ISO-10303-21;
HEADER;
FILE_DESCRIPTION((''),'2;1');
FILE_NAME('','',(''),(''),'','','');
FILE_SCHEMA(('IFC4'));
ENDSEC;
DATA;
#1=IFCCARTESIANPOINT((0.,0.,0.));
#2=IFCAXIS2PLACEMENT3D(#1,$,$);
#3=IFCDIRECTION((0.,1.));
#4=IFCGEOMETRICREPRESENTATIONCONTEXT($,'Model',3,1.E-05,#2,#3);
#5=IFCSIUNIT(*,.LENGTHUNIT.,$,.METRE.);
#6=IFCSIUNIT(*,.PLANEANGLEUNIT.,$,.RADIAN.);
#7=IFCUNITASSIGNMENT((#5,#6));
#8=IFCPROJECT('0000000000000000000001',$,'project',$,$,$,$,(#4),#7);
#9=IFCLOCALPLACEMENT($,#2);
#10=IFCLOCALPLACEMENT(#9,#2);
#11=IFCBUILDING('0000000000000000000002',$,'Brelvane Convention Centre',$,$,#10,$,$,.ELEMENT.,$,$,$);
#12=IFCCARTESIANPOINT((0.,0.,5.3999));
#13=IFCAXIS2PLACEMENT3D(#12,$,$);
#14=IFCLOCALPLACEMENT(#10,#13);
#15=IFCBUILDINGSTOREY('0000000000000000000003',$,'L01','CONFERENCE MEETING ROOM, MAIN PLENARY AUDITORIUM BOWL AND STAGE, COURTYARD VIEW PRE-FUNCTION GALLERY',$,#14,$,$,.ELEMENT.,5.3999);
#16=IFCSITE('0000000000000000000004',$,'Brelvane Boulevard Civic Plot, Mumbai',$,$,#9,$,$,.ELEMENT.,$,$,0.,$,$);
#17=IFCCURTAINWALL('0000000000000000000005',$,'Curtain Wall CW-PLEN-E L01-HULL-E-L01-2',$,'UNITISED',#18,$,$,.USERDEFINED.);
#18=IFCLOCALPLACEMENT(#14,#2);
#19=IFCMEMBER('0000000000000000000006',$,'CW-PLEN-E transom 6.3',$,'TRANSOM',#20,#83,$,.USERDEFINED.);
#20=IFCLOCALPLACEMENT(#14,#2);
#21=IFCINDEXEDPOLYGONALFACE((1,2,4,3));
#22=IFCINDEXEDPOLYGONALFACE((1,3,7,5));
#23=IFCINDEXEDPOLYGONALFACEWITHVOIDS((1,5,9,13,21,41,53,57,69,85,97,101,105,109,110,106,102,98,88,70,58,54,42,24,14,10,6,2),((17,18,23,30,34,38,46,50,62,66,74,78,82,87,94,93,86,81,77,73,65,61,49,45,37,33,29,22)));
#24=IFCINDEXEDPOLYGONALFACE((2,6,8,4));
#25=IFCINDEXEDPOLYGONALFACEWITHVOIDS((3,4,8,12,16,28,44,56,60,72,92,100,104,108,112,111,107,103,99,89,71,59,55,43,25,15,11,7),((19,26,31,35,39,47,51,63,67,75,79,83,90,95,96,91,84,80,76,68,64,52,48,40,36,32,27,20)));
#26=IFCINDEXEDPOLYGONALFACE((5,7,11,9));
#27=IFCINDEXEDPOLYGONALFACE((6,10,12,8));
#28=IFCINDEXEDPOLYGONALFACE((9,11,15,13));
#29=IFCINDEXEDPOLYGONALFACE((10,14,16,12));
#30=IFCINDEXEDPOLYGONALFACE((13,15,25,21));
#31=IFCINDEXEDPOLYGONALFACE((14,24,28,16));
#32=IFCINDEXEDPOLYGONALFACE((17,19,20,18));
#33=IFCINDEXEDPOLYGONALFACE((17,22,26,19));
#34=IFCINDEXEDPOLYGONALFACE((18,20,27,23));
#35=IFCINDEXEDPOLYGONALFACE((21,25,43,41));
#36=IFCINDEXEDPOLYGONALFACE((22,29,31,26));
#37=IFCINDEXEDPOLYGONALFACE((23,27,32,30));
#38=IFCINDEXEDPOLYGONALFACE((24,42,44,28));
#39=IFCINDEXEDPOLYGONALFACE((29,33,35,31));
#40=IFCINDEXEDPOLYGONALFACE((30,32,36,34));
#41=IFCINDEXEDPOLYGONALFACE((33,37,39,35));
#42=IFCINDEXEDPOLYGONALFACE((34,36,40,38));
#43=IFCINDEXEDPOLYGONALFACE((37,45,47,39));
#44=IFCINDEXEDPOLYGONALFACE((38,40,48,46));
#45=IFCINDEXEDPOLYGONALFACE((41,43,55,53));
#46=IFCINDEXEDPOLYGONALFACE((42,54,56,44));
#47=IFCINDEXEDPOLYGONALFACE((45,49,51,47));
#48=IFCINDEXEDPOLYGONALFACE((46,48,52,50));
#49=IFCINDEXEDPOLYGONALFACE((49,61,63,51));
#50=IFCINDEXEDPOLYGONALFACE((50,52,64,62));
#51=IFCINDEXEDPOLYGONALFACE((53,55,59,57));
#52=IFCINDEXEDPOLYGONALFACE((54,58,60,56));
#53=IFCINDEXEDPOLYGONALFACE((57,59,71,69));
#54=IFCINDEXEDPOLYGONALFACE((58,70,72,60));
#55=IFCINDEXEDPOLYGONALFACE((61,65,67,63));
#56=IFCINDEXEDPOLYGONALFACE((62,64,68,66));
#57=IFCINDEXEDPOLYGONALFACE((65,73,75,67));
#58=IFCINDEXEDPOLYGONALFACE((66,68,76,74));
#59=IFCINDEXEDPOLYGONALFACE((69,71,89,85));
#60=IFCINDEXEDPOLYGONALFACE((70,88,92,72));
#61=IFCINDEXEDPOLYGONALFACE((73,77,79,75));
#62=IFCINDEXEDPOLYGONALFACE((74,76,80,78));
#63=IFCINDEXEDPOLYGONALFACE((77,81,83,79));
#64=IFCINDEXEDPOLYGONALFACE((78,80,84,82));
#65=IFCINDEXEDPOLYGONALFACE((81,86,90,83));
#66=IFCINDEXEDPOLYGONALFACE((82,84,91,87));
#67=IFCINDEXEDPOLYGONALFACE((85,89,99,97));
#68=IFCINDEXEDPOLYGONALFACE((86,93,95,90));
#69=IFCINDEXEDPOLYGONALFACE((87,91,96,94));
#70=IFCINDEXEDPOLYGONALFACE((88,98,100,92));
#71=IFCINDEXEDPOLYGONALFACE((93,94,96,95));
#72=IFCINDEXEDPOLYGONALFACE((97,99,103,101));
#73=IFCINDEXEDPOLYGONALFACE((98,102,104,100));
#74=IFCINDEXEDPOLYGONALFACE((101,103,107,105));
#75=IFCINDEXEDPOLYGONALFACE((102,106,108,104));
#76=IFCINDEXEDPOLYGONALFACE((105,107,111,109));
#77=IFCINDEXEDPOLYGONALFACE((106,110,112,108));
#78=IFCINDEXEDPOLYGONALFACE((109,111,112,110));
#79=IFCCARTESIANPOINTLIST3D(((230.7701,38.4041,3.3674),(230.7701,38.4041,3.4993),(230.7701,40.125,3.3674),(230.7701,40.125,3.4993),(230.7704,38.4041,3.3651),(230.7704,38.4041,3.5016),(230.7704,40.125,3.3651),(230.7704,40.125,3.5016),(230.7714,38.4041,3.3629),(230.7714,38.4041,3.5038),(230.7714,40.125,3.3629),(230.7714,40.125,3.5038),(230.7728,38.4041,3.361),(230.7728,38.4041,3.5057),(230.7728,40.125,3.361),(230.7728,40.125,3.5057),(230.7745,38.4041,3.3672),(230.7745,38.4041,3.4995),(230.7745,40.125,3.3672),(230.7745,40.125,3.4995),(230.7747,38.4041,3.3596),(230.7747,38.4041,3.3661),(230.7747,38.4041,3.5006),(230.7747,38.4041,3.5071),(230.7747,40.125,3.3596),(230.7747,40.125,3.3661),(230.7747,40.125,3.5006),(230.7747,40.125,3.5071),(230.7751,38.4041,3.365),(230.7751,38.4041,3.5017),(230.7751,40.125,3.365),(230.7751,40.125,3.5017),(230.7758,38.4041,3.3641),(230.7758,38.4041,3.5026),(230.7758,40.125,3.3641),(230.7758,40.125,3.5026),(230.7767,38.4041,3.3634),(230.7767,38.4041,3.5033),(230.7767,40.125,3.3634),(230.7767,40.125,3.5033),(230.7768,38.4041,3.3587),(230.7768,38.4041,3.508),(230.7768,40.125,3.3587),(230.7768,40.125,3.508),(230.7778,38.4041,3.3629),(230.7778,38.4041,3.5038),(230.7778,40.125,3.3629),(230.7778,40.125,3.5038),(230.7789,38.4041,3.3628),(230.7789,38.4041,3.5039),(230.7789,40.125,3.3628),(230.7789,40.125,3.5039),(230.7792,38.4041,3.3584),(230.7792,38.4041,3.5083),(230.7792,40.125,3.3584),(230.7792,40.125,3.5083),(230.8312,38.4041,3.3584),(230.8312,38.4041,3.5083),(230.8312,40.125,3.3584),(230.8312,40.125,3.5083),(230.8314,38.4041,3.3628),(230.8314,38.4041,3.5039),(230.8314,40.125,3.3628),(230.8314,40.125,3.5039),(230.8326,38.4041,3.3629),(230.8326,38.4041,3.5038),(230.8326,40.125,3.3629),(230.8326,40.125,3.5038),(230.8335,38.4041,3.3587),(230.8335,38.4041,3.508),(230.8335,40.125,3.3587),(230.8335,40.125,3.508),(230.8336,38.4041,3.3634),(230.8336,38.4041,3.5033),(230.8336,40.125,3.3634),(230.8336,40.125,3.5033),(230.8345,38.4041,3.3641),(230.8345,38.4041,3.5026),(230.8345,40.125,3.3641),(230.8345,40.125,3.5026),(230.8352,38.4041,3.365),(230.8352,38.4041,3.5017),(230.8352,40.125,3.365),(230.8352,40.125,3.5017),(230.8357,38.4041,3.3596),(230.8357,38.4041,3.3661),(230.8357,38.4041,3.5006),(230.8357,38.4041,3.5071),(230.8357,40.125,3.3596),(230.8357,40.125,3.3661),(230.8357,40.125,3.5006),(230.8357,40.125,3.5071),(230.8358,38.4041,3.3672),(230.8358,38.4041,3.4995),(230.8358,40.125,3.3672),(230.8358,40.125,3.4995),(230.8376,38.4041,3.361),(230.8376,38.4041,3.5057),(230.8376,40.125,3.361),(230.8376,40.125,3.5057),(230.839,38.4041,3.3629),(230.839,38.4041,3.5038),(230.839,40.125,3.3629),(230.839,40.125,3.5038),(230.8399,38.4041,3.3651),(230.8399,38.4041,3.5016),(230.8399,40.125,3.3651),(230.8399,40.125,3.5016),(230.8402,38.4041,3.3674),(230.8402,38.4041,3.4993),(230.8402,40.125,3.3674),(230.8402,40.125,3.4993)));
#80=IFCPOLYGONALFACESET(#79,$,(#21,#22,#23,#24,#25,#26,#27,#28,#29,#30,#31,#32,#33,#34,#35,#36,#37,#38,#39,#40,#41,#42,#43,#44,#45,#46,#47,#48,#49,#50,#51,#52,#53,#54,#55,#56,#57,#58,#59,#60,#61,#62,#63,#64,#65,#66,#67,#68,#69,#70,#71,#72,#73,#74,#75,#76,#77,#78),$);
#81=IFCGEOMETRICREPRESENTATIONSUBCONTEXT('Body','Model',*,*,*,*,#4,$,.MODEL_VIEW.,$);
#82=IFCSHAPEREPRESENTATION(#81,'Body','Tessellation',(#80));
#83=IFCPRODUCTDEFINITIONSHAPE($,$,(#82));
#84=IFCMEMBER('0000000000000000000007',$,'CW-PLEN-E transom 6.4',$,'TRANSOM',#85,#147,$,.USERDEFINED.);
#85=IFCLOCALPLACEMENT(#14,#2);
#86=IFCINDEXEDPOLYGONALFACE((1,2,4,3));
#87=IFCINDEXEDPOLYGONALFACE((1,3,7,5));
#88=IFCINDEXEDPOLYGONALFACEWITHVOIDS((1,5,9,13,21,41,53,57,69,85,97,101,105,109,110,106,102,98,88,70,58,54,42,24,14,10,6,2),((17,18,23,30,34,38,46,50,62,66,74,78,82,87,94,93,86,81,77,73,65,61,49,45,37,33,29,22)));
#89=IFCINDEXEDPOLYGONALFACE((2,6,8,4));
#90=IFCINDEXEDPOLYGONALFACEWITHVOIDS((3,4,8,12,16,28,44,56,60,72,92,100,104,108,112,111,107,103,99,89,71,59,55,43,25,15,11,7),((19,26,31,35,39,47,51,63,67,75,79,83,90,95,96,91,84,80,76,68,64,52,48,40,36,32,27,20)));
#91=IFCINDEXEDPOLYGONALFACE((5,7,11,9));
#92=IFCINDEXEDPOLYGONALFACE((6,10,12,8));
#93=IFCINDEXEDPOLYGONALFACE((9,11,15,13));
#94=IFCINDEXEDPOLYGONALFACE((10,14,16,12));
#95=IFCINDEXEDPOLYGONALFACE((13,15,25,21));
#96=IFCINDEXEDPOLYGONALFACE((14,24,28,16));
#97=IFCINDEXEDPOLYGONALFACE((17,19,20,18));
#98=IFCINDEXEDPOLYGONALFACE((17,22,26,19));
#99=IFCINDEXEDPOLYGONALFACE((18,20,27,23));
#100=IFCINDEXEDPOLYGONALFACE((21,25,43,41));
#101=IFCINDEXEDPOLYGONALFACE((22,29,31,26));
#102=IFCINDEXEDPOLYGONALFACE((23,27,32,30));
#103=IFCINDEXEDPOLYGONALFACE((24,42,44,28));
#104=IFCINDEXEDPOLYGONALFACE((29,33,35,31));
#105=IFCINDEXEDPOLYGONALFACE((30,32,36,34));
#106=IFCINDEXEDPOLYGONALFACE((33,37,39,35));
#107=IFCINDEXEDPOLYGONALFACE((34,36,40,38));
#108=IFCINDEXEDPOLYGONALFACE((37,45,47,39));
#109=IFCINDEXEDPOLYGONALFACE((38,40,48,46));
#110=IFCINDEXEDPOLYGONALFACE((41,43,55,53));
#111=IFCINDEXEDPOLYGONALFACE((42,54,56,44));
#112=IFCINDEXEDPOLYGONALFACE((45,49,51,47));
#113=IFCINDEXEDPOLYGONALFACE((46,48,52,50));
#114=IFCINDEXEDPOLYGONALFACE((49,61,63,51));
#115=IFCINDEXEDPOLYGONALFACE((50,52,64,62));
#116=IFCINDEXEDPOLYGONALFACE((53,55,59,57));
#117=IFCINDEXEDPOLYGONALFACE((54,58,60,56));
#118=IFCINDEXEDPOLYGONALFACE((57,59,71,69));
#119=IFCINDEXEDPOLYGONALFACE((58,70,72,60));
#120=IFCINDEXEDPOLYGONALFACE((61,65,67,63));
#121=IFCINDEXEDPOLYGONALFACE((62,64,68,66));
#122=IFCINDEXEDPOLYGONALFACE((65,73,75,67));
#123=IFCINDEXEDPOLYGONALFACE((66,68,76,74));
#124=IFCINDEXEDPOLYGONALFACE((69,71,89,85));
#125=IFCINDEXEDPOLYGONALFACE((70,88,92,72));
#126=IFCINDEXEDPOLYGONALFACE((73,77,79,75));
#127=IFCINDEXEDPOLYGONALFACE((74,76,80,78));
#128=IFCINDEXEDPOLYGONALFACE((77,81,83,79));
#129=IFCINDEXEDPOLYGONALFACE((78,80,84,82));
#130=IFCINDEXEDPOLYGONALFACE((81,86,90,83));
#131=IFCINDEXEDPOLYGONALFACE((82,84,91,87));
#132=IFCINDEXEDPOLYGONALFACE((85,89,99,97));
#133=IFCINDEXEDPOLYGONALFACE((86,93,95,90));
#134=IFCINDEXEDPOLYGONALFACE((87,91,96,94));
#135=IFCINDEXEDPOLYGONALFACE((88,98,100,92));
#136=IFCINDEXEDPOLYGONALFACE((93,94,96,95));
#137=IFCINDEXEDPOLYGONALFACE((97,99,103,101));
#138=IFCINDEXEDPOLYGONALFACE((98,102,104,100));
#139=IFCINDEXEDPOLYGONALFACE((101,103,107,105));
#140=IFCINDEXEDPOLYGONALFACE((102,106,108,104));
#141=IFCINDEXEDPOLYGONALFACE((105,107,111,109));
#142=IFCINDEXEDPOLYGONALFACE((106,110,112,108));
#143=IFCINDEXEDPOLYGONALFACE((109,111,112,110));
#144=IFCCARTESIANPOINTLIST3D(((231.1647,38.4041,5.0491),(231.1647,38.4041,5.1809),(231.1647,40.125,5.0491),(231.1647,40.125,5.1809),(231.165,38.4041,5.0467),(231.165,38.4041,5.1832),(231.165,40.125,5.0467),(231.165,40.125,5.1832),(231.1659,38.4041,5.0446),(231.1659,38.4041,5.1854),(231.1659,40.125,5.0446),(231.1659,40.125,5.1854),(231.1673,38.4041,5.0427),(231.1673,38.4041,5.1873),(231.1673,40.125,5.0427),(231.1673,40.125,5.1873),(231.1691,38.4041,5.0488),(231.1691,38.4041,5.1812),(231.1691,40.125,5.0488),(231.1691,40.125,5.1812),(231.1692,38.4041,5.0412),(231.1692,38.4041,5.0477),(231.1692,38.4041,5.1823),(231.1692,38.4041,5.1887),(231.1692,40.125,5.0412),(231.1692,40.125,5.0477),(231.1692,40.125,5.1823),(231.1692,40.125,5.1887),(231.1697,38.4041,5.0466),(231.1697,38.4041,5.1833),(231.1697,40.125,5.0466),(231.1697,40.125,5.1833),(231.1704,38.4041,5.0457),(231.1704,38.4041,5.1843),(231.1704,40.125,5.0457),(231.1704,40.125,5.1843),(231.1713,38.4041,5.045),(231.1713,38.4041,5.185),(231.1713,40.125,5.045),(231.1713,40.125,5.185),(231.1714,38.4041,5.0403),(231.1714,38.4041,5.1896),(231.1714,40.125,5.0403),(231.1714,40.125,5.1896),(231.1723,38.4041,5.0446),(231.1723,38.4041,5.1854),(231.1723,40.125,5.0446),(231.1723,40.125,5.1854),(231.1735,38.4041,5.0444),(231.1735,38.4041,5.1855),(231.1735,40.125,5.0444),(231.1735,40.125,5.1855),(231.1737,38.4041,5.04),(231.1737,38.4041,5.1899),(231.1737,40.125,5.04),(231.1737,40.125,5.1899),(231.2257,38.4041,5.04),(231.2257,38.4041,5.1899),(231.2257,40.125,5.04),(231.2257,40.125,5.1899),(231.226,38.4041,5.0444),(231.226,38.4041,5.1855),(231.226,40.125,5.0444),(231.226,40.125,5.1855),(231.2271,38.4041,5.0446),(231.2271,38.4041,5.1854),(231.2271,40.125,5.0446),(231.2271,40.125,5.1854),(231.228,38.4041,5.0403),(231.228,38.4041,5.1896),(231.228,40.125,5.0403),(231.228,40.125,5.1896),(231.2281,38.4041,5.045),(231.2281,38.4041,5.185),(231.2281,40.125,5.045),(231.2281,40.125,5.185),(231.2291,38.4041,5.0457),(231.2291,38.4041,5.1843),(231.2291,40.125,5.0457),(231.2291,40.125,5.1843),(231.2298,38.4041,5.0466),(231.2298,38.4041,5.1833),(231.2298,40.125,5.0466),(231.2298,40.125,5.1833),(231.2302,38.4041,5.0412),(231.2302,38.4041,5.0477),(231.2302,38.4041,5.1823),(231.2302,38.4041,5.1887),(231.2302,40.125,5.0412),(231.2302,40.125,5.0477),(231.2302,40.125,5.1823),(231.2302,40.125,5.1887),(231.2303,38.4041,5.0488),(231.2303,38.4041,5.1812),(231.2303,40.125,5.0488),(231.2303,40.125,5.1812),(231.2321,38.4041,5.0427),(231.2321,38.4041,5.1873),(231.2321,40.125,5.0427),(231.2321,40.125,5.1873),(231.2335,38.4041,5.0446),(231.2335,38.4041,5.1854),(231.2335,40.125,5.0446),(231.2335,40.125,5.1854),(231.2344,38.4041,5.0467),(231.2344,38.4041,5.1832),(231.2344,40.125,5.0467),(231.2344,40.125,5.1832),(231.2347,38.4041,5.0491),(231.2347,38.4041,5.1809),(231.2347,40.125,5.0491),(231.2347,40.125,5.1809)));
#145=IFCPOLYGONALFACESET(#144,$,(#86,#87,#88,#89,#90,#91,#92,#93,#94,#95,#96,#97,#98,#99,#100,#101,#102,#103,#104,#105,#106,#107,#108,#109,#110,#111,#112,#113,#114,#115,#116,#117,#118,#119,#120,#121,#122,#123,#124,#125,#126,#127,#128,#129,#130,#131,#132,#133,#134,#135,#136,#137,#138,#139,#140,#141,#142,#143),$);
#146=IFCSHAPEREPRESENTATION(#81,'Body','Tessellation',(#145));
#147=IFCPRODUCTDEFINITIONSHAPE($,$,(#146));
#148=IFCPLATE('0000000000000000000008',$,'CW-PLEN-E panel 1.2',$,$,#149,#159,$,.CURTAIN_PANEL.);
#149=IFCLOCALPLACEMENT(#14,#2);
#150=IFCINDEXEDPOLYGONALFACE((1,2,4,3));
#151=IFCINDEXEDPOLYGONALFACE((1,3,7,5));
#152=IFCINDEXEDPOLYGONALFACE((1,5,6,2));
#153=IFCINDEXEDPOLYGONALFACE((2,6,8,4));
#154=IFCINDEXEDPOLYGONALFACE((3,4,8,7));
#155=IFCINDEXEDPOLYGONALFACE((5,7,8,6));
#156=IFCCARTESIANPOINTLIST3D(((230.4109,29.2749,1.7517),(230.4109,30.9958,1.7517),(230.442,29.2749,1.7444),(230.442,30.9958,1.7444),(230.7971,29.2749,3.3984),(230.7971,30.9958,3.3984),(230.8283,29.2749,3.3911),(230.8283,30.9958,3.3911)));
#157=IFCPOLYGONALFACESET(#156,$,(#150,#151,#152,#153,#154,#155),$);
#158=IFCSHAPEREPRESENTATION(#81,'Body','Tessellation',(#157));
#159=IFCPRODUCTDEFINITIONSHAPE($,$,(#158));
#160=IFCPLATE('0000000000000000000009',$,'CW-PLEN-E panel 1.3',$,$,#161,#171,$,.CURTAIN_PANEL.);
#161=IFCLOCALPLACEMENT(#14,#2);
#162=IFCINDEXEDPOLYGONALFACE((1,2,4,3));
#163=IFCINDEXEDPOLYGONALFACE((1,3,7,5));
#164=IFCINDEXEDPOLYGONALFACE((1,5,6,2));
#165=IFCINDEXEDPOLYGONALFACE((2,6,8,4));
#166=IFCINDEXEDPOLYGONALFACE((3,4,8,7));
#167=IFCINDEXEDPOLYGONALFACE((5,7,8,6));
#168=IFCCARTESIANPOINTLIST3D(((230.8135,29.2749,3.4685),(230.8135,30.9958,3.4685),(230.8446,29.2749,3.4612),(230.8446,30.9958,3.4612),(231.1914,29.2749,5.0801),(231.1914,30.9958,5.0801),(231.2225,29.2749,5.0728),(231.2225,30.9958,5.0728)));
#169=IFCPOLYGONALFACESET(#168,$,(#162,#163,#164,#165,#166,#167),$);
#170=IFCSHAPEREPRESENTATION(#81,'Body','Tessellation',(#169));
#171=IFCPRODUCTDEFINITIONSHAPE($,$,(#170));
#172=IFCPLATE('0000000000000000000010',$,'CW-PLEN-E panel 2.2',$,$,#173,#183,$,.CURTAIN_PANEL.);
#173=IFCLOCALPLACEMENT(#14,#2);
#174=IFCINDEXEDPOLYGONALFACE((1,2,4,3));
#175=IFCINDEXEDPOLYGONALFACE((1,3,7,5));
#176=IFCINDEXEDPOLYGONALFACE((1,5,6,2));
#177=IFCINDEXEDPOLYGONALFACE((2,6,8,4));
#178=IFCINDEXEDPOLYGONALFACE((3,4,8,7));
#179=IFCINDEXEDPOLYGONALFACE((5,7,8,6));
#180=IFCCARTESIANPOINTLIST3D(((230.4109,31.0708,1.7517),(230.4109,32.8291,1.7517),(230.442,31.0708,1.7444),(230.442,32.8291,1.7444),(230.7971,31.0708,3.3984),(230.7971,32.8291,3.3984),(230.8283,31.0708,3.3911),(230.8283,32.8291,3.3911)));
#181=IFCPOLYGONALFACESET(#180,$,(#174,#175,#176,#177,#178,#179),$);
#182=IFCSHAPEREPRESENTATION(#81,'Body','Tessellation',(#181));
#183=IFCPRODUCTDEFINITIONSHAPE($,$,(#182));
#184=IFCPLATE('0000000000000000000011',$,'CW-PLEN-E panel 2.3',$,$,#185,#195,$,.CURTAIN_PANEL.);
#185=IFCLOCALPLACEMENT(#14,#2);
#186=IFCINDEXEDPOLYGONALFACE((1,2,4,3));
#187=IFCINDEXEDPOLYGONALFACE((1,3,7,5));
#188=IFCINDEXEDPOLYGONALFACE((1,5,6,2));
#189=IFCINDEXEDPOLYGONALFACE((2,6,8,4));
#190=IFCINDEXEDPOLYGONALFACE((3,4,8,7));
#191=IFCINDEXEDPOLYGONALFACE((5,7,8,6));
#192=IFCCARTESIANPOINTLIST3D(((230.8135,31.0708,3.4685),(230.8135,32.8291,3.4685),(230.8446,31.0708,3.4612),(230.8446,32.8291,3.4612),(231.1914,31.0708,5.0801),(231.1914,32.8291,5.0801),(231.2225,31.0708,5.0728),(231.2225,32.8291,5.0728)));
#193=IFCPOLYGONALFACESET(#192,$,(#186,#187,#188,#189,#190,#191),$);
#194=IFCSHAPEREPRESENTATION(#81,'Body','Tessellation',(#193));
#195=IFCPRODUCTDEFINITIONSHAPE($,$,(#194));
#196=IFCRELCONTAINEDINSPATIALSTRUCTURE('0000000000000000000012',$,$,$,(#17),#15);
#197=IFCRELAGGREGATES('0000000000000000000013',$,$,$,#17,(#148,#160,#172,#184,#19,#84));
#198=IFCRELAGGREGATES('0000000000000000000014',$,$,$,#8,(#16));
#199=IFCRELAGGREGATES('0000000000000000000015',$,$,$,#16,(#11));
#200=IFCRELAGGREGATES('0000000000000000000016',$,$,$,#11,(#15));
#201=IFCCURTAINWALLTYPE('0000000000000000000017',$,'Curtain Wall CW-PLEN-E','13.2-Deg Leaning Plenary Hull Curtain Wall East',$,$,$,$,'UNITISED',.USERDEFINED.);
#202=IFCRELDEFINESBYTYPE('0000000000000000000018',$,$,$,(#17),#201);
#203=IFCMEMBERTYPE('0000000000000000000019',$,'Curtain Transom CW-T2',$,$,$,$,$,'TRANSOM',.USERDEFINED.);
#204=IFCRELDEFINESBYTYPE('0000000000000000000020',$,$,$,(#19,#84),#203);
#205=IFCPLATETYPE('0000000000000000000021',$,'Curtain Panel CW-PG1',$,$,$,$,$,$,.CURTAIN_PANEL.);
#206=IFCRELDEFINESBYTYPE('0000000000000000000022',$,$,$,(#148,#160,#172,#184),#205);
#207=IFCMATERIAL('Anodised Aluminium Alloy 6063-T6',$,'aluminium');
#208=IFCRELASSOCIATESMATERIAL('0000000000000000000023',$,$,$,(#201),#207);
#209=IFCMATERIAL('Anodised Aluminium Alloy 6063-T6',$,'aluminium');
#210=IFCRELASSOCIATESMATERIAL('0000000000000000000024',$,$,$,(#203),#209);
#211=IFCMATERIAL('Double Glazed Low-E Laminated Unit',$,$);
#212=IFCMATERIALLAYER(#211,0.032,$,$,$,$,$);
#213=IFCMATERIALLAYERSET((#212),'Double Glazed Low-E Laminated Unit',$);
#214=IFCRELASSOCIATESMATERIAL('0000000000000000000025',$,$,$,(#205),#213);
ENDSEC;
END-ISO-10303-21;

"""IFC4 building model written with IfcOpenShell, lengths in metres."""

from ifc_helpers import new_model, si_unit, direction, frame, origin, origin_2d, place, context, subcontext, project, spatial, polyline, hollow_rectangle, outline, extrude, material, layer, layer_set, material_profile, profile_set, type_object, element, aggregate, save


model = new_model("IFC4")

# Units and contexts
model_context = context("Model", 3, precision=1e-05, world=origin(), true_north=direction((0.0, 1.0)))
body_context = subcontext(model_context, "Body", "Model", "MODEL_VIEW")
ifc_project = project(units=[si_unit("LENGTHUNIT", "METRE"), si_unit("PLANEANGLEUNIT", "RADIAN")], contexts=[model_context])

# Site, building, storey
site_placement = place(None, origin())
site = spatial("IfcSite", under=ifc_project, at=site_placement, Name="Brelvane Boulevard Civic Plot, Mumbai", CompositionType="ELEMENT", RefElevation=0.0)
building_placement = place(site_placement, origin())
building = spatial("IfcBuilding", under=site, at=building_placement, Name="Brelvane Convention Centre", CompositionType="ELEMENT")
storey_placement = place(building_placement, frame((0.0, 0.0, 5.3999)))
storey = spatial("IfcBuildingStorey", under=building, at=storey_placement, Name="L01", Description="CONFERENCE MEETING ROOM, MAIN PLENARY AUDITORIUM BOWL AND STAGE, COURTYARD VIEW PRE-FUNCTION GALLERY", CompositionType="ELEMENT", Elevation=5.3999)

# Curtain wall, members, plates
ifc_material_1 = material(Name="Anodised Aluminium Alloy 6063-T6", Category="aluminium")
curtain_wall_type = type_object("IfcCurtainWallType", Name="Curtain Wall CW-PLEN-E", Description="13.2-Deg Leaning Plenary Hull Curtain Wall East", ElementType="UNITISED", PredefinedType="USERDEFINED", material=ifc_material_1)
curtain_wall_placement = place(storey_placement, origin())
curtain_wall = element("IfcCurtainWall", 1, at=curtain_wall_placement, inside=storey, type_object=curtain_wall_type, Name="Curtain Wall CW-PLEN-E L01-HULL-E-L01-2", ObjectType="UNITISED", PredefinedType="USERDEFINED")
ifc_material_2 = material(Name="Anodised Aluminium Alloy 6063-T6", Category="aluminium")
ifc_material_profile = material_profile(ifc_material_2, hollow_rectangle(XDim=0.0701, YDim=0.1499, WallThickness=0.0044, InnerFilletRadius=0.0044, OuterFilletRadius=0.009, at=origin_2d()), Name="ALU-T 150x70x4.5")
ifc_profile_set = profile_set([ifc_material_profile], Name="Anodised Aluminium Alloy 6063-T6")
member_type = type_object("IfcMemberType", Name="Curtain Transom CW-T2", ElementType="TRANSOM", PredefinedType="USERDEFINED", material=ifc_profile_set)
member_1_placement = place(storey_placement, frame((230.8052, 38.4041, 3.4333), z_axis=(0.0, 1.0, 0.0), x_axis=(-1.0, 0.0, 0.0)))
member_1 = element("IfcMember", 2, at=member_1_placement, type_object=member_type, Name="CW-PLEN-E transom 6.3", ObjectType="TRANSOM", PredefinedType="USERDEFINED", context=body_context, shape_type="SweptSolid", body=[
    extrude(hollow_rectangle(XDim=0.0701, YDim=0.1499, WallThickness=0.0044, InnerFilletRadius=0.0044, OuterFilletRadius=0.009, at=origin_2d()), origin(), (0.0, 0.0, 1.0), 1.7209),
])
member_2_placement = place(storey_placement, frame((231.1997, 38.4041, 5.115), z_axis=(0.0, 1.0, 0.0), x_axis=(-1.0, 0.0, 0.0)))
member_2 = element("IfcMember", 3, at=member_2_placement, type_object=member_type, Name="CW-PLEN-E transom 6.4", ObjectType="TRANSOM", PredefinedType="USERDEFINED", context=body_context, shape_type="SweptSolid", body=[
    extrude(hollow_rectangle(XDim=0.0701, YDim=0.1499, WallThickness=0.0044, InnerFilletRadius=0.0044, OuterFilletRadius=0.009, at=origin_2d()), origin(), (0.0, 0.0, 1.0), 1.7209),
])
ifc_material_3 = material(Name="Double Glazed Low-E Laminated Unit")
ifc_layer_1 = layer(ifc_material_3, 0.032)
ifc_layer_set_1 = layer_set([ifc_layer_1], Name="Double Glazed Low-E Laminated Unit")
plate_type_1 = type_object("IfcPlateType", Name="Curtain Panel CW-PG1", PredefinedType="CURTAIN_PANEL", material=ifc_layer_set_1)
plate_1_placement = place(storey_placement, frame((230.4109, 29.2749, 1.7517), z_axis=(-0.97358, 0.0, 0.228347), x_axis=(0.0, 1.0, 0.0)))
plate_1 = element("IfcPlate", 4, at=plate_1_placement, type_object=plate_type_1, Name="CW-PLEN-E panel 1.2", PredefinedType="CURTAIN_PANEL", context=body_context, shape_type="SweptSolid", body=[
    extrude(outline(polyline([(0.0, 0.0), (1.7209, 0.0), (1.7209, -1.6914), (0.0, -1.6914), (0.0, 0.0)])), origin(), (0.0, 0.0, -1.0), 0.032),
])
plate_2_placement = place(storey_placement, frame((230.8135, 29.2749, 3.4685), z_axis=(-0.973587, 0.0, 0.228316), x_axis=(0.0, 1.0, 0.0)))
plate_2 = element("IfcPlate", 5, at=plate_2_placement, type_object=plate_type_1, Name="CW-PLEN-E panel 1.3", PredefinedType="CURTAIN_PANEL", context=body_context, shape_type="SweptSolid", body=[
    extrude(outline(polyline([(0.0, 0.0), (1.7209, 0.0), (1.7209, -1.6553), (0.0, -1.6553), (0.0, 0.0)])), origin(), (0.0, 0.0, -1.0), 0.032),
])
plate_3_placement = place(storey_placement, frame((230.4109, 31.0708, 1.7517), z_axis=(-0.97358, 0.0, 0.228347), x_axis=(0.0, 1.0, 0.0)))
plate_3 = element("IfcPlate", 6, at=plate_3_placement, type_object=plate_type_1, Name="CW-PLEN-E panel 2.2", PredefinedType="CURTAIN_PANEL", context=body_context, shape_type="SweptSolid", body=[
    extrude(outline(polyline([(0.0, 0.0), (1.7583, 0.0), (1.7583, -1.6914), (0.0, -1.6914), (0.0, 0.0)])), origin(), (0.0, 0.0, -1.0), 0.032),
])
plate_4_placement = place(storey_placement, frame((230.8135, 31.0708, 3.4685), z_axis=(-0.973587, 0.0, 0.228316), x_axis=(0.0, 1.0, 0.0)))
plate_4 = element("IfcPlate", 7, at=plate_4_placement, type_object=plate_type_1, Name="CW-PLEN-E panel 2.3", PredefinedType="CURTAIN_PANEL", context=body_context, shape_type="SweptSolid", body=[
    extrude(outline(polyline([(0.0, 0.0), (1.7583, 0.0), (1.7583, -1.6553), (0.0, -1.6553), (0.0, 0.0)])), origin(), (0.0, 0.0, -1.0), 0.032),
])
aggregate(curtain_wall, [plate_1, plate_2, plate_3, plate_4, member_1, member_2])

save(model, "model.ifc")
